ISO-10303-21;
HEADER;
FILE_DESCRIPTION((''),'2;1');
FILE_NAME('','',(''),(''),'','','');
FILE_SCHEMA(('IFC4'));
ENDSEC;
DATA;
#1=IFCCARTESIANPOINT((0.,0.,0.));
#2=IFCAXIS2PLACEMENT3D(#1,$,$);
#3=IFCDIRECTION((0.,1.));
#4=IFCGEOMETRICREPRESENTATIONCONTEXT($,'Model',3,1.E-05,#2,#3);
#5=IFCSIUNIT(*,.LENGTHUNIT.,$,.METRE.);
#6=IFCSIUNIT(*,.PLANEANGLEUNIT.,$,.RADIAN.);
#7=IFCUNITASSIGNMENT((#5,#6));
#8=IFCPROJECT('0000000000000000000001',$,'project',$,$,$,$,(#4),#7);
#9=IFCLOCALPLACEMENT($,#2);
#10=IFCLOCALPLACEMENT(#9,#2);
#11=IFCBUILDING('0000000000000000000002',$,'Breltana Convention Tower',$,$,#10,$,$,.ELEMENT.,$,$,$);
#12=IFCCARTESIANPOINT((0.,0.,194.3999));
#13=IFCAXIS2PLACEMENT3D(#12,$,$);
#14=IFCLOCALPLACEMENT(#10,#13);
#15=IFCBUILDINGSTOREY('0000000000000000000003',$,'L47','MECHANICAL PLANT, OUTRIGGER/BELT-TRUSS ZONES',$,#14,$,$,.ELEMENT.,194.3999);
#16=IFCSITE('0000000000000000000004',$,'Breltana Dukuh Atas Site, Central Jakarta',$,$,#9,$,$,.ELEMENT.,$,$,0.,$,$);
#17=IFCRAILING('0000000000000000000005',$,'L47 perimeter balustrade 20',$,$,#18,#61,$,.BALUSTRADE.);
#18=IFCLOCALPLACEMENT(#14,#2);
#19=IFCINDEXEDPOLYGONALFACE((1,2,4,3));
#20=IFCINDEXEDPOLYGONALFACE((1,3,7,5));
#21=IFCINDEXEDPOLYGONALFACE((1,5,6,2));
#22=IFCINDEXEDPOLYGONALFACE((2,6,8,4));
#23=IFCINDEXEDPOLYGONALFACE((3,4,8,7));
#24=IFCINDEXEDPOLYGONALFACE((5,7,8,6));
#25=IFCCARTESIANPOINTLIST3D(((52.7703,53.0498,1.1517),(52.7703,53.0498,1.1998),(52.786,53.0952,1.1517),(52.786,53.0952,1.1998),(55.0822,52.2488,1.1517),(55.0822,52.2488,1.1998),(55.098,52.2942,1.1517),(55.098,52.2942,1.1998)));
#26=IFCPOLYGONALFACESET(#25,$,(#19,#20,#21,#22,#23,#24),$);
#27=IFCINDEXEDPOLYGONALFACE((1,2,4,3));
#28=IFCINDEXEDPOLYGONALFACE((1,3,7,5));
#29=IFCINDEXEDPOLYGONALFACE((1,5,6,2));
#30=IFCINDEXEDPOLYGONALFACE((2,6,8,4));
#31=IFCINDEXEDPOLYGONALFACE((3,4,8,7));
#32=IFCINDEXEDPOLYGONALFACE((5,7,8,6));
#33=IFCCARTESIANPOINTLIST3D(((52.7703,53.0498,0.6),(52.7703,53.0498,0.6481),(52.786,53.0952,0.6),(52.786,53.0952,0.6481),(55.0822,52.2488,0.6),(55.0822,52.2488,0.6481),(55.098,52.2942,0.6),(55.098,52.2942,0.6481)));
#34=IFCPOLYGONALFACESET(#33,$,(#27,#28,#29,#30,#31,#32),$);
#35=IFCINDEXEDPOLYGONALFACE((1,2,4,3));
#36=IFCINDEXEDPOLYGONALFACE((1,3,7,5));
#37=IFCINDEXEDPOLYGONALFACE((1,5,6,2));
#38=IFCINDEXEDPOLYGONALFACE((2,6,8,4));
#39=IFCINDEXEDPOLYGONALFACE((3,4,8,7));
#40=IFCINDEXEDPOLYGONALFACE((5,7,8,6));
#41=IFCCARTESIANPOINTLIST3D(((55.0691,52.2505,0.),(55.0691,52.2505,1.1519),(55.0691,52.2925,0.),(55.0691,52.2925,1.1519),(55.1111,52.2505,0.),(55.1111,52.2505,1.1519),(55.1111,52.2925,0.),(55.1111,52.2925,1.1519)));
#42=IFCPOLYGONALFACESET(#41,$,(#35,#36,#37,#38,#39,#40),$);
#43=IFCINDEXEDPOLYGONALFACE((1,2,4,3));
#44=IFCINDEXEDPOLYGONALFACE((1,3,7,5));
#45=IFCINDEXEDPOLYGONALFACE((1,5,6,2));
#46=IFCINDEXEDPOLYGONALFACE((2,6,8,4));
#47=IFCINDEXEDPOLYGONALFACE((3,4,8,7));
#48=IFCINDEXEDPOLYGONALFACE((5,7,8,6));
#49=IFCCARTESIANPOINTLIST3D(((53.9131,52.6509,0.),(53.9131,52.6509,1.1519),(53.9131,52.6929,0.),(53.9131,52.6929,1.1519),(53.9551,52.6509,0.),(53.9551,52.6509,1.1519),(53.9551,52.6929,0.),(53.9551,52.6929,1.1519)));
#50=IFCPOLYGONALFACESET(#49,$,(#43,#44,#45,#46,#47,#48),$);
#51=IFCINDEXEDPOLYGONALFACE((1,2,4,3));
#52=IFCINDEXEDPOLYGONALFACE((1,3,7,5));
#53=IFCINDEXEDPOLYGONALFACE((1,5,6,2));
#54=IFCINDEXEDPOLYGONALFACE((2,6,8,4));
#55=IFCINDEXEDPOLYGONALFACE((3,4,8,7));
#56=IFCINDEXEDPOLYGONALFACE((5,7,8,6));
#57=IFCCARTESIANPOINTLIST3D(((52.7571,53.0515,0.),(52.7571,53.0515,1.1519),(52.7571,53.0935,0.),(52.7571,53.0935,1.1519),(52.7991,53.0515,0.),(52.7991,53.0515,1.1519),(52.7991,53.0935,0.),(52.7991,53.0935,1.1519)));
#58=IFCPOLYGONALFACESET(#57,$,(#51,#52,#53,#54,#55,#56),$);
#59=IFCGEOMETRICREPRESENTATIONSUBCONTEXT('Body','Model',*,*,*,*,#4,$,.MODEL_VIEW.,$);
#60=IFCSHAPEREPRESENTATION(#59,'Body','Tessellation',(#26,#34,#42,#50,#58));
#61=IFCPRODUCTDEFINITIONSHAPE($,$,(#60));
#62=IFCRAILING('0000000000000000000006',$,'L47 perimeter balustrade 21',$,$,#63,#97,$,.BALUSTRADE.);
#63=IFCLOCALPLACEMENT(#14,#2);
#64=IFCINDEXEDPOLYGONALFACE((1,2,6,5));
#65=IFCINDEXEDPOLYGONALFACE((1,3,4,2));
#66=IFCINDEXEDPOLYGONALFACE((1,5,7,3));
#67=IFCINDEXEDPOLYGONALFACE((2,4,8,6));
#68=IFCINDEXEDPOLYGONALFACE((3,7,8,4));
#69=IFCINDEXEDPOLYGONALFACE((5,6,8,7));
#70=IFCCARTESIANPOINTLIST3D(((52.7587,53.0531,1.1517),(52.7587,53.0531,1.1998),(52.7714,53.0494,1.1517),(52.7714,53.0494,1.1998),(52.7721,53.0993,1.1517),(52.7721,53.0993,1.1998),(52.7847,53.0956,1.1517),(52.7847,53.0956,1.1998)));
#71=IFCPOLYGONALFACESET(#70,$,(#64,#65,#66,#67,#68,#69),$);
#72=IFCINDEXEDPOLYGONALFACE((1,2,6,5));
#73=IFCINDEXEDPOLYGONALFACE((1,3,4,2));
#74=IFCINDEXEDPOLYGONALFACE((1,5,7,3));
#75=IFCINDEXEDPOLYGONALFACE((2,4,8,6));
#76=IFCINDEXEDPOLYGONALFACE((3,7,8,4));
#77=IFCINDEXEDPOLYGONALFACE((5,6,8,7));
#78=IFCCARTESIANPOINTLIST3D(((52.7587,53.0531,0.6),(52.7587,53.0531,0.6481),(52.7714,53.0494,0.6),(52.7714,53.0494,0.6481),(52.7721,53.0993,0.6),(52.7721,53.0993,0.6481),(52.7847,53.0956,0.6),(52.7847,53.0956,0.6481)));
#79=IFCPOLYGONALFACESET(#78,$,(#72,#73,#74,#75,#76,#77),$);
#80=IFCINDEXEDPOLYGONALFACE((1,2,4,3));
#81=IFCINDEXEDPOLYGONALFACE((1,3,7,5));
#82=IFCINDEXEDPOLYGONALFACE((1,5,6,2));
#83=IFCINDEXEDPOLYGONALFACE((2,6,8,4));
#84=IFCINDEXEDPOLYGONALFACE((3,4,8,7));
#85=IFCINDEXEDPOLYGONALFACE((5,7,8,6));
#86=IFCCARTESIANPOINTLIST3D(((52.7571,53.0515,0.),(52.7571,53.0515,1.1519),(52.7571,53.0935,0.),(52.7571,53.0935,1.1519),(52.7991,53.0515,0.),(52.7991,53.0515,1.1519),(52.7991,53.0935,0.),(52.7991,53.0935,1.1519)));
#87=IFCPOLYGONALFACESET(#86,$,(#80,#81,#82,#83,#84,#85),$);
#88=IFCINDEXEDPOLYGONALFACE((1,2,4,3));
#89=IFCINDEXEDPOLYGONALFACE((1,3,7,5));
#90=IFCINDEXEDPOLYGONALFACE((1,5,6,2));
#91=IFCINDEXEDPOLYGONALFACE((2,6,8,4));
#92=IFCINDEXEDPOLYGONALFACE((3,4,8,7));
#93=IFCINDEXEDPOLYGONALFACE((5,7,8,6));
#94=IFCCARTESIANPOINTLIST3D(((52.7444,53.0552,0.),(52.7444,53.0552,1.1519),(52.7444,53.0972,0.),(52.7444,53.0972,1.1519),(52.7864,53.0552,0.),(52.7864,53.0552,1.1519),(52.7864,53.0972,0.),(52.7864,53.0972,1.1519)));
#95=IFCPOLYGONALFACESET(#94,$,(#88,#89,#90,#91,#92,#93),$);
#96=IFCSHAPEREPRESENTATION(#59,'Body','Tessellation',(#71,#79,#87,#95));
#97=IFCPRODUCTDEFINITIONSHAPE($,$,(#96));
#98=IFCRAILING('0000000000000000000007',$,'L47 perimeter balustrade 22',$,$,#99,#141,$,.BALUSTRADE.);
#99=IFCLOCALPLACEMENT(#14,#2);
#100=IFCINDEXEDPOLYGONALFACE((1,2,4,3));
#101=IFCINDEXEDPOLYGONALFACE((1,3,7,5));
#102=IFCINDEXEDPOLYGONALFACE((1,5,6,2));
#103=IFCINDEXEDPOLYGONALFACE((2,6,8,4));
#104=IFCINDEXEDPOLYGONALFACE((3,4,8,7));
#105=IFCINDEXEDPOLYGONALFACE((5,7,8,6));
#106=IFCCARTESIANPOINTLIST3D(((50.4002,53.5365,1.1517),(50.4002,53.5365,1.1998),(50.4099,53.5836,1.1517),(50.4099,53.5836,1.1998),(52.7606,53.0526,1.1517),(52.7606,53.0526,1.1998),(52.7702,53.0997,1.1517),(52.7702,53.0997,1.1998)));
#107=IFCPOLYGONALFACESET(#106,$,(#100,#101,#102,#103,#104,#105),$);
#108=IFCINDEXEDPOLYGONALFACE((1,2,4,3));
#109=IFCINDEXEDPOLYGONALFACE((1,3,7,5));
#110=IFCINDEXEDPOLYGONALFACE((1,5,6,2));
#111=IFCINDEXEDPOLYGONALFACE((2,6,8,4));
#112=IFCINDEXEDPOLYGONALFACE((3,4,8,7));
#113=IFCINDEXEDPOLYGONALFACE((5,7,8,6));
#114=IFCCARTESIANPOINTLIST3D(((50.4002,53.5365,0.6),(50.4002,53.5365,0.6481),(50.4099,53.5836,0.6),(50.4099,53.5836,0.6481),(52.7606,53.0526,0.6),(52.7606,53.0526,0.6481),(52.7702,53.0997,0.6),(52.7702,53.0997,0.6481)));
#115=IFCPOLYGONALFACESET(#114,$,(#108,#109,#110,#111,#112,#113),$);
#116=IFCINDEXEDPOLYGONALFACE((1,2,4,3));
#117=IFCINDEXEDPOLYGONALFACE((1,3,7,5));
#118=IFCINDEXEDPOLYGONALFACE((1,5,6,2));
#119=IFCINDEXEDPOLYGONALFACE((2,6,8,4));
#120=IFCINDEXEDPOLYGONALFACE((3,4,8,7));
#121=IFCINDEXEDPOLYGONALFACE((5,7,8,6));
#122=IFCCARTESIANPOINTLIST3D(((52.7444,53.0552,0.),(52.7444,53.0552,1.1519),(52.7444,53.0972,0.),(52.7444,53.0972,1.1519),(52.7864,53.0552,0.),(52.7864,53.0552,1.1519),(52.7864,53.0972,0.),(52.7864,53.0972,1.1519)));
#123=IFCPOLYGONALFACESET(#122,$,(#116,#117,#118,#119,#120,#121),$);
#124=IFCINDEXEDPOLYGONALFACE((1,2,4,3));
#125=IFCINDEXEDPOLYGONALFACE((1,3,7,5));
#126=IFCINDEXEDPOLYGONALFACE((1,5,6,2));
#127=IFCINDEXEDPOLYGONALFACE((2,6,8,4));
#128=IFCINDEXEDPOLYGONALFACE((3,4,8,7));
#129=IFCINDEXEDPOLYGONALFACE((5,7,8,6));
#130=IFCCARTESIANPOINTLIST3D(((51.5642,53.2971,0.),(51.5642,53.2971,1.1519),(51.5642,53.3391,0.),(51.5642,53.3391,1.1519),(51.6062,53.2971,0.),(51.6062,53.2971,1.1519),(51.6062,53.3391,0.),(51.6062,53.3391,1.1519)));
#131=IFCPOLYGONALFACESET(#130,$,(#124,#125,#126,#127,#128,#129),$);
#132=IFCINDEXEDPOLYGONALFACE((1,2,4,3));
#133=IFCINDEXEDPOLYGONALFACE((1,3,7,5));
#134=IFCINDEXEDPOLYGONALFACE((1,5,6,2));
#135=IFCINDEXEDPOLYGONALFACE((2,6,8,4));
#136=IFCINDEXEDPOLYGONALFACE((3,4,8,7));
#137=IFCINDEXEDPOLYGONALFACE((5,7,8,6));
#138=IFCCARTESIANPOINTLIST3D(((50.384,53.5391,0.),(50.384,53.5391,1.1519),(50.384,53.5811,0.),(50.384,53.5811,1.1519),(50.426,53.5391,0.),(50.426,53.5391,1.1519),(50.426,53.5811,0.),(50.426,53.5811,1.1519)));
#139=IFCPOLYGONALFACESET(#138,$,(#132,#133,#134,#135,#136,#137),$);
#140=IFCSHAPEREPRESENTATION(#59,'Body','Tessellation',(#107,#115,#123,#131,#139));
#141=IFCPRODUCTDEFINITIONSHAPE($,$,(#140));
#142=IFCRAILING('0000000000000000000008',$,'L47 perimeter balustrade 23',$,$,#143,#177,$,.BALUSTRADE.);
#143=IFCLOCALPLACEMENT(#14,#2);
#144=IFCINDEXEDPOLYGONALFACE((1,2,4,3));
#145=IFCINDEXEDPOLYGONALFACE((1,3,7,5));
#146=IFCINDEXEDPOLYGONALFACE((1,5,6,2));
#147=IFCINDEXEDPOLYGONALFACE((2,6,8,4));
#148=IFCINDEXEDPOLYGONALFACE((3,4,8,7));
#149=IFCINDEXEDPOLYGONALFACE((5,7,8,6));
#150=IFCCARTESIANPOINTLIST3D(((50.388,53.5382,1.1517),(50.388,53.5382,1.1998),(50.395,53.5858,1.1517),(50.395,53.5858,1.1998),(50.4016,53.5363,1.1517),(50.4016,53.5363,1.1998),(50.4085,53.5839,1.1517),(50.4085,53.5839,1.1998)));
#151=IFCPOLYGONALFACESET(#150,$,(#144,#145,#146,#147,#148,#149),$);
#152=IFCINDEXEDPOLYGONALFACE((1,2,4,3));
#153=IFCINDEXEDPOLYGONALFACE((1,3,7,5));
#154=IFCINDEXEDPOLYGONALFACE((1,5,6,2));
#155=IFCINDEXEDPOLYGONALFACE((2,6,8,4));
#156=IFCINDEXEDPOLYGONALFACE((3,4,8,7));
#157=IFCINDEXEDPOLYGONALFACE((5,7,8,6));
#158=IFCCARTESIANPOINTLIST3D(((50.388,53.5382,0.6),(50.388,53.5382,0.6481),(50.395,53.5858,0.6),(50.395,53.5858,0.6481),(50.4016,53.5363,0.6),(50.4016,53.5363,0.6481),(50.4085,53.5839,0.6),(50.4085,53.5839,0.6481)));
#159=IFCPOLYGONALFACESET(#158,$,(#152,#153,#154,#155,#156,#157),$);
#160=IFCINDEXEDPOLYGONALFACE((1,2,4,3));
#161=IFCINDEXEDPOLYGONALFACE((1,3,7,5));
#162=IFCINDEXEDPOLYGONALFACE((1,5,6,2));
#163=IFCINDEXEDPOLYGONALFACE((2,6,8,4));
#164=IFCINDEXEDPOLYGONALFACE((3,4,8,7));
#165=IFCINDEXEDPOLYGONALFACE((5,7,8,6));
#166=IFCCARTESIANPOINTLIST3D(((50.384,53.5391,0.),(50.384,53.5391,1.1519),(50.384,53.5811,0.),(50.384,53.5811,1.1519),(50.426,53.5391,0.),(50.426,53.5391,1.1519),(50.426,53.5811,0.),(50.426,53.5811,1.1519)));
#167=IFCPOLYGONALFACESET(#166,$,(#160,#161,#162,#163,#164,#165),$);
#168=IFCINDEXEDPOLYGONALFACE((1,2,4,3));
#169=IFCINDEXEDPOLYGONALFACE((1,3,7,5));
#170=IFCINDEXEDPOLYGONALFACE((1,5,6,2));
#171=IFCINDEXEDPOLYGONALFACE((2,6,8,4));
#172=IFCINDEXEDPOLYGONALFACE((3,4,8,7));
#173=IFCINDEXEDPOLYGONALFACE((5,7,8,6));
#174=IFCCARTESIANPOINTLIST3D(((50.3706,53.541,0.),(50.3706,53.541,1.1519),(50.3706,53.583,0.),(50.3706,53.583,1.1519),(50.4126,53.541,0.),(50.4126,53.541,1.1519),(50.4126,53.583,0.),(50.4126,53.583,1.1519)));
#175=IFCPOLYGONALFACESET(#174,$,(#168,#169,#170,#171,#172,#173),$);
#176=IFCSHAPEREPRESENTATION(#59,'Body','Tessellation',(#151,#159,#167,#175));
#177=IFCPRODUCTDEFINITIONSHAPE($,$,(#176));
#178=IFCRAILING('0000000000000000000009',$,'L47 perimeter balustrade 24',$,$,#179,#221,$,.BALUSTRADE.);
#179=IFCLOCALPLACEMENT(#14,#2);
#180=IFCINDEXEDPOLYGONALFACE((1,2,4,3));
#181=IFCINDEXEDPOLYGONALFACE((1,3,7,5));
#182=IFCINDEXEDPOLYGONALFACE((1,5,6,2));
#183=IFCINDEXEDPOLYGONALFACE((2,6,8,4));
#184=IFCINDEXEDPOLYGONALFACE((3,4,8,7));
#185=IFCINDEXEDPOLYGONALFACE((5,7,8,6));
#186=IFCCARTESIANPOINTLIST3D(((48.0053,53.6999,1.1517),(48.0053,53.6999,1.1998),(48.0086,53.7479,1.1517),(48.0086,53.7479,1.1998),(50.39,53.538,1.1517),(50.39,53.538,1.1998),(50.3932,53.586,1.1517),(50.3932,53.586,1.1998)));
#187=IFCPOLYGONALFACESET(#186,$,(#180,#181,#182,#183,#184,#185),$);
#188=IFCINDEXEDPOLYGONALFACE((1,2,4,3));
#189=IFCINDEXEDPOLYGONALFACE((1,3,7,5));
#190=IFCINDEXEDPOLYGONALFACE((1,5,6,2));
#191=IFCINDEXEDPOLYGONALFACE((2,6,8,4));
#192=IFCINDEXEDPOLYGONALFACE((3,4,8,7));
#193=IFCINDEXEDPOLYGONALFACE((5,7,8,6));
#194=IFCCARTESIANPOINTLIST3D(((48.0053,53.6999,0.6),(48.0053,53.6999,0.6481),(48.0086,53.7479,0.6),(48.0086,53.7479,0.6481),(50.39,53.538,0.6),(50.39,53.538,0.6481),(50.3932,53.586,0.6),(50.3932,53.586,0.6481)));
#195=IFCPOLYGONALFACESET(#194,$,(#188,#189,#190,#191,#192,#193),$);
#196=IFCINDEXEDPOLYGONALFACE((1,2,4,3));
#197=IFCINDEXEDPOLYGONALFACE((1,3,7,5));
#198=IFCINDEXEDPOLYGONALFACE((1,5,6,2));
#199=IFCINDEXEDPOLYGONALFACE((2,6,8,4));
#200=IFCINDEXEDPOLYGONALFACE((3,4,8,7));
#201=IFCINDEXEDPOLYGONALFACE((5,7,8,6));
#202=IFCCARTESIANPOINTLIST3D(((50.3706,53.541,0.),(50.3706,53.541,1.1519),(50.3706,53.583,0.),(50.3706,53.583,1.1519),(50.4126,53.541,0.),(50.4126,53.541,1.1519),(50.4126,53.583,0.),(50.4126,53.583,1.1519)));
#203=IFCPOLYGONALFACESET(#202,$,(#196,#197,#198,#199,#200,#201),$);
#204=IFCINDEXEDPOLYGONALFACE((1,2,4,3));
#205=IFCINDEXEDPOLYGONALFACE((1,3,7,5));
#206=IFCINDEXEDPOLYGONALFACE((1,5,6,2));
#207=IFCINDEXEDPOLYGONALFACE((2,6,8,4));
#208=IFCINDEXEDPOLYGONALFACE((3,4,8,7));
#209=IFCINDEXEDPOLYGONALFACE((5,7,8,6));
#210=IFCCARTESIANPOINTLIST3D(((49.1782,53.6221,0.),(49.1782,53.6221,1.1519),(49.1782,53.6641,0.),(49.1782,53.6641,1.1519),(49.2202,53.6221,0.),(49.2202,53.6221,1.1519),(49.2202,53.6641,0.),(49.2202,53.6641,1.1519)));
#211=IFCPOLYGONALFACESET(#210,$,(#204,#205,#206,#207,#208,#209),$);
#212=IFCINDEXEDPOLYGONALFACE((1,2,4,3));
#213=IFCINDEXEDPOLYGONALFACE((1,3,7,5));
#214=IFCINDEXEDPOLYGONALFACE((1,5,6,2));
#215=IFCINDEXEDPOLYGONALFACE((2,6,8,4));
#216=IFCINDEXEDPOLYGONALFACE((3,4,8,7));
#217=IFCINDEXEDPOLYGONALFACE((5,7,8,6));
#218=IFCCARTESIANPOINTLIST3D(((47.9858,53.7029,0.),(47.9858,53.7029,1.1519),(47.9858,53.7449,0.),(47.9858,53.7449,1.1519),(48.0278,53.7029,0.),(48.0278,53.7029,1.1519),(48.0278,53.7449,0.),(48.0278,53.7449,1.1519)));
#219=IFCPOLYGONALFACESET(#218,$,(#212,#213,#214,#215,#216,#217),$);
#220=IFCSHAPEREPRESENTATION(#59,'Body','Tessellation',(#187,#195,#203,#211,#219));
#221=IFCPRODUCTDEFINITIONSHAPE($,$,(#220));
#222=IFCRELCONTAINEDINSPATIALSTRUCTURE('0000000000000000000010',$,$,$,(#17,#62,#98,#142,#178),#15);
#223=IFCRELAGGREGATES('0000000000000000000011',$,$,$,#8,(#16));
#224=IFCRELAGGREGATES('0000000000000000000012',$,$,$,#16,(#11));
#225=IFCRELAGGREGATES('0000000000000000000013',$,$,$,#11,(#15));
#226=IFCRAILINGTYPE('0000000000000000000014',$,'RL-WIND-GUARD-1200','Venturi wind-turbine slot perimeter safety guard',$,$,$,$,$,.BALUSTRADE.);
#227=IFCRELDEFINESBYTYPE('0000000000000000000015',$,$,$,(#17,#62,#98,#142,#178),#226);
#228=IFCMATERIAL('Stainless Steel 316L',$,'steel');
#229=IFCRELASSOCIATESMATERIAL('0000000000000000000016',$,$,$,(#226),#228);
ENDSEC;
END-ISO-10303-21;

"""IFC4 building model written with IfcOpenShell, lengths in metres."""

from ifc_helpers import new_model, si_unit, direction, frame, origin, origin_2d, place, context, subcontext, project, spatial, rectangle, extrude, material, type_object, element, save


model = new_model("IFC4")

# Units and contexts
model_context = context("Model", 3, precision=1e-05, world=origin(), true_north=direction((0.0, 1.0)))
body_context = subcontext(model_context, "Body", "Model", "MODEL_VIEW")
ifc_project = project(units=[si_unit("LENGTHUNIT", "METRE"), si_unit("PLANEANGLEUNIT", "RADIAN")], contexts=[model_context])

# Site, building, storey
site_placement = place(None, origin())
site = spatial("IfcSite", under=ifc_project, at=site_placement, Name="Breltana Dukuh Atas Site, Central Jakarta", CompositionType="ELEMENT", RefElevation=0.0)
building_placement = place(site_placement, origin())
building = spatial("IfcBuilding", under=site, at=building_placement, Name="Breltana Convention Tower", CompositionType="ELEMENT")
storey_placement = place(building_placement, frame((0.0, 0.0, 194.3999)))
storey = spatial("IfcBuildingStorey", under=building, at=storey_placement, Name="L47", Description="MECHANICAL PLANT, OUTRIGGER/BELT-TRUSS ZONES", CompositionType="ELEMENT", Elevation=194.3999)

# Railings
ifc_material_1 = material(Name="Stainless Steel 316L", Category="steel")
railing_type = type_object("IfcRailingType", Name="RL-WIND-GUARD-1200", Description="Venturi wind-turbine slot perimeter safety guard", PredefinedType="BALUSTRADE", material=ifc_material_1)
railing_1_placement = place(storey_placement, frame((55.0901, 52.2715, 0.0)))
element("IfcRailing", 1, at=railing_1_placement, inside=storey, type_object=railing_type, Name="L47 perimeter balustrade 20", PredefinedType="BALUSTRADE", context=body_context, shape_type="SweptSolid", body=[
    extrude(rectangle(XDim=0.0481, YDim=0.0481, at=origin_2d()), frame((0.0, 0.0, 1.1758), z_axis=(-0.944896, 0.327371, 0.0), x_axis=(-0.327371, -0.944896, 0.0)), (0.0, 0.0, 1.0), 2.4468),
    extrude(rectangle(XDim=0.0481, YDim=0.0481, at=origin_2d()), frame((0.0, 0.0, 0.624), z_axis=(-0.944896, 0.327371, 0.0), x_axis=(-0.327371, -0.944896, 0.0)), (0.0, 0.0, 1.0), 2.4468),
    extrude(rectangle(XDim=0.042, YDim=0.042, at=origin_2d()), origin(), (0.0, 0.0, 1.0), 1.1519),
    extrude(rectangle(XDim=0.042, YDim=0.042, at=origin_2d()), frame((-1.156, 0.4004, 0.0)), (0.0, 0.0, 1.0), 1.1519),
    extrude(rectangle(XDim=0.042, YDim=0.042, at=origin_2d()), frame((-2.312, 0.801, 0.0)), (0.0, 0.0, 1.0), 1.1519),
])
railing_2_placement = place(storey_placement, frame((52.7781, 53.0725, 0.0)))
element("IfcRailing", 2, at=railing_2_placement, inside=storey, type_object=railing_type, Name="L47 perimeter balustrade 21", PredefinedType="BALUSTRADE", context=body_context, shape_type="SweptSolid", body=[
    extrude(rectangle(XDim=0.0481, YDim=0.0481, at=origin_2d()), frame((0.0, 0.0, 1.1758), z_axis=(-0.960824, 0.277161, 0.0), x_axis=(-0.277161, -0.960824, 0.0)), (0.0, 0.0, 1.0), 0.0132),
    extrude(rectangle(XDim=0.0481, YDim=0.0481, at=origin_2d()), frame((0.0, 0.0, 0.624), z_axis=(-0.960824, 0.277161, 0.0), x_axis=(-0.277161, -0.960824, 0.0)), (0.0, 0.0, 1.0), 0.0132),
    extrude(rectangle(XDim=0.042, YDim=0.042, at=origin_2d()), origin(), (0.0, 0.0, 1.0), 1.1519),
    extrude(rectangle(XDim=0.042, YDim=0.042, at=origin_2d()), frame((-0.0127, 0.0037, 0.0)), (0.0, 0.0, 1.0), 1.1519),
])
railing_3_placement = place(storey_placement, frame((52.7654, 53.0762, 0.0)))
element("IfcRailing", 3, at=railing_3_placement, inside=storey, type_object=railing_type, Name="L47 perimeter balustrade 22", PredefinedType="BALUSTRADE", context=body_context, shape_type="SweptSolid", body=[
    extrude(rectangle(XDim=0.0481, YDim=0.0481, at=origin_2d()), frame((0.0, 0.0, 1.1758), z_axis=(-0.979626, 0.200829, 0.0), x_axis=(-0.200829, -0.979626, 0.0)), (0.0, 0.0, 1.0), 2.4094),
    extrude(rectangle(XDim=0.0481, YDim=0.0481, at=origin_2d()), frame((0.0, 0.0, 0.624), z_axis=(-0.979626, 0.200829, 0.0), x_axis=(-0.200829, -0.979626, 0.0)), (0.0, 0.0, 1.0), 2.4094),
    extrude(rectangle(XDim=0.042, YDim=0.042, at=origin_2d()), origin(), (0.0, 0.0, 1.0), 1.1519),
    extrude(rectangle(XDim=0.042, YDim=0.042, at=origin_2d()), frame((-1.1802, 0.2419, 0.0)), (0.0, 0.0, 1.0), 1.1519),
    extrude(rectangle(XDim=0.042, YDim=0.042, at=origin_2d()), frame((-2.3604, 0.4839, 0.0)), (0.0, 0.0, 1.0), 1.1519),
])
railing_4_placement = place(storey_placement, frame((50.405, 53.5601, 0.0)))
element("IfcRailing", 4, at=railing_4_placement, inside=storey, type_object=railing_type, Name="L47 perimeter balustrade 23", PredefinedType="BALUSTRADE", context=body_context, shape_type="SweptSolid", body=[
    extrude(rectangle(XDim=0.0481, YDim=0.0481, at=origin_2d()), frame((0.0, 0.0, 1.1758), z_axis=(-0.989586, 0.14394, 0.0), x_axis=(-0.14394, -0.989586, 0.0)), (0.0, 0.0, 1.0), 0.0137),
    extrude(rectangle(XDim=0.0481, YDim=0.0481, at=origin_2d()), frame((0.0, 0.0, 0.624), z_axis=(-0.989586, 0.14394, 0.0), x_axis=(-0.14394, -0.989586, 0.0)), (0.0, 0.0, 1.0), 0.0137),
    extrude(rectangle(XDim=0.042, YDim=0.042, at=origin_2d()), origin(), (0.0, 0.0, 1.0), 1.1519),
    extrude(rectangle(XDim=0.042, YDim=0.042, at=origin_2d()), frame((-0.0134, 0.002, 0.0)), (0.0, 0.0, 1.0), 1.1519),
])
railing_5_placement = place(storey_placement, frame((50.3916, 53.562, 0.0)))
element("IfcRailing", 5, at=railing_5_placement, inside=storey, type_object=railing_type, Name="L47 perimeter balustrade 24", PredefinedType="BALUSTRADE", context=body_context, shape_type="SweptSolid", body=[
    extrude(rectangle(XDim=0.0481, YDim=0.0481, at=origin_2d()), frame((0.0, 0.0, 1.1758), z_axis=(-0.997704, 0.067719, 0.0), x_axis=(-0.067719, -0.997704, 0.0)), (0.0, 0.0, 1.0), 2.3901),
    extrude(rectangle(XDim=0.0481, YDim=0.0481, at=origin_2d()), frame((0.0, 0.0, 0.624), z_axis=(-0.997704, 0.067719, 0.0), x_axis=(-0.067719, -0.997704, 0.0)), (0.0, 0.0, 1.0), 2.3901),
    extrude(rectangle(XDim=0.042, YDim=0.042, at=origin_2d()), origin(), (0.0, 0.0, 1.0), 1.1519),
    extrude(rectangle(XDim=0.042, YDim=0.042, at=origin_2d()), frame((-1.1924, 0.0811, 0.0)), (0.0, 0.0, 1.0), 1.1519),
    extrude(rectangle(XDim=0.042, YDim=0.042, at=origin_2d()), frame((-2.3848, 0.1619, 0.0)), (0.0, 0.0, 1.0), 1.1519),
])

save(model, "model.ifc")
